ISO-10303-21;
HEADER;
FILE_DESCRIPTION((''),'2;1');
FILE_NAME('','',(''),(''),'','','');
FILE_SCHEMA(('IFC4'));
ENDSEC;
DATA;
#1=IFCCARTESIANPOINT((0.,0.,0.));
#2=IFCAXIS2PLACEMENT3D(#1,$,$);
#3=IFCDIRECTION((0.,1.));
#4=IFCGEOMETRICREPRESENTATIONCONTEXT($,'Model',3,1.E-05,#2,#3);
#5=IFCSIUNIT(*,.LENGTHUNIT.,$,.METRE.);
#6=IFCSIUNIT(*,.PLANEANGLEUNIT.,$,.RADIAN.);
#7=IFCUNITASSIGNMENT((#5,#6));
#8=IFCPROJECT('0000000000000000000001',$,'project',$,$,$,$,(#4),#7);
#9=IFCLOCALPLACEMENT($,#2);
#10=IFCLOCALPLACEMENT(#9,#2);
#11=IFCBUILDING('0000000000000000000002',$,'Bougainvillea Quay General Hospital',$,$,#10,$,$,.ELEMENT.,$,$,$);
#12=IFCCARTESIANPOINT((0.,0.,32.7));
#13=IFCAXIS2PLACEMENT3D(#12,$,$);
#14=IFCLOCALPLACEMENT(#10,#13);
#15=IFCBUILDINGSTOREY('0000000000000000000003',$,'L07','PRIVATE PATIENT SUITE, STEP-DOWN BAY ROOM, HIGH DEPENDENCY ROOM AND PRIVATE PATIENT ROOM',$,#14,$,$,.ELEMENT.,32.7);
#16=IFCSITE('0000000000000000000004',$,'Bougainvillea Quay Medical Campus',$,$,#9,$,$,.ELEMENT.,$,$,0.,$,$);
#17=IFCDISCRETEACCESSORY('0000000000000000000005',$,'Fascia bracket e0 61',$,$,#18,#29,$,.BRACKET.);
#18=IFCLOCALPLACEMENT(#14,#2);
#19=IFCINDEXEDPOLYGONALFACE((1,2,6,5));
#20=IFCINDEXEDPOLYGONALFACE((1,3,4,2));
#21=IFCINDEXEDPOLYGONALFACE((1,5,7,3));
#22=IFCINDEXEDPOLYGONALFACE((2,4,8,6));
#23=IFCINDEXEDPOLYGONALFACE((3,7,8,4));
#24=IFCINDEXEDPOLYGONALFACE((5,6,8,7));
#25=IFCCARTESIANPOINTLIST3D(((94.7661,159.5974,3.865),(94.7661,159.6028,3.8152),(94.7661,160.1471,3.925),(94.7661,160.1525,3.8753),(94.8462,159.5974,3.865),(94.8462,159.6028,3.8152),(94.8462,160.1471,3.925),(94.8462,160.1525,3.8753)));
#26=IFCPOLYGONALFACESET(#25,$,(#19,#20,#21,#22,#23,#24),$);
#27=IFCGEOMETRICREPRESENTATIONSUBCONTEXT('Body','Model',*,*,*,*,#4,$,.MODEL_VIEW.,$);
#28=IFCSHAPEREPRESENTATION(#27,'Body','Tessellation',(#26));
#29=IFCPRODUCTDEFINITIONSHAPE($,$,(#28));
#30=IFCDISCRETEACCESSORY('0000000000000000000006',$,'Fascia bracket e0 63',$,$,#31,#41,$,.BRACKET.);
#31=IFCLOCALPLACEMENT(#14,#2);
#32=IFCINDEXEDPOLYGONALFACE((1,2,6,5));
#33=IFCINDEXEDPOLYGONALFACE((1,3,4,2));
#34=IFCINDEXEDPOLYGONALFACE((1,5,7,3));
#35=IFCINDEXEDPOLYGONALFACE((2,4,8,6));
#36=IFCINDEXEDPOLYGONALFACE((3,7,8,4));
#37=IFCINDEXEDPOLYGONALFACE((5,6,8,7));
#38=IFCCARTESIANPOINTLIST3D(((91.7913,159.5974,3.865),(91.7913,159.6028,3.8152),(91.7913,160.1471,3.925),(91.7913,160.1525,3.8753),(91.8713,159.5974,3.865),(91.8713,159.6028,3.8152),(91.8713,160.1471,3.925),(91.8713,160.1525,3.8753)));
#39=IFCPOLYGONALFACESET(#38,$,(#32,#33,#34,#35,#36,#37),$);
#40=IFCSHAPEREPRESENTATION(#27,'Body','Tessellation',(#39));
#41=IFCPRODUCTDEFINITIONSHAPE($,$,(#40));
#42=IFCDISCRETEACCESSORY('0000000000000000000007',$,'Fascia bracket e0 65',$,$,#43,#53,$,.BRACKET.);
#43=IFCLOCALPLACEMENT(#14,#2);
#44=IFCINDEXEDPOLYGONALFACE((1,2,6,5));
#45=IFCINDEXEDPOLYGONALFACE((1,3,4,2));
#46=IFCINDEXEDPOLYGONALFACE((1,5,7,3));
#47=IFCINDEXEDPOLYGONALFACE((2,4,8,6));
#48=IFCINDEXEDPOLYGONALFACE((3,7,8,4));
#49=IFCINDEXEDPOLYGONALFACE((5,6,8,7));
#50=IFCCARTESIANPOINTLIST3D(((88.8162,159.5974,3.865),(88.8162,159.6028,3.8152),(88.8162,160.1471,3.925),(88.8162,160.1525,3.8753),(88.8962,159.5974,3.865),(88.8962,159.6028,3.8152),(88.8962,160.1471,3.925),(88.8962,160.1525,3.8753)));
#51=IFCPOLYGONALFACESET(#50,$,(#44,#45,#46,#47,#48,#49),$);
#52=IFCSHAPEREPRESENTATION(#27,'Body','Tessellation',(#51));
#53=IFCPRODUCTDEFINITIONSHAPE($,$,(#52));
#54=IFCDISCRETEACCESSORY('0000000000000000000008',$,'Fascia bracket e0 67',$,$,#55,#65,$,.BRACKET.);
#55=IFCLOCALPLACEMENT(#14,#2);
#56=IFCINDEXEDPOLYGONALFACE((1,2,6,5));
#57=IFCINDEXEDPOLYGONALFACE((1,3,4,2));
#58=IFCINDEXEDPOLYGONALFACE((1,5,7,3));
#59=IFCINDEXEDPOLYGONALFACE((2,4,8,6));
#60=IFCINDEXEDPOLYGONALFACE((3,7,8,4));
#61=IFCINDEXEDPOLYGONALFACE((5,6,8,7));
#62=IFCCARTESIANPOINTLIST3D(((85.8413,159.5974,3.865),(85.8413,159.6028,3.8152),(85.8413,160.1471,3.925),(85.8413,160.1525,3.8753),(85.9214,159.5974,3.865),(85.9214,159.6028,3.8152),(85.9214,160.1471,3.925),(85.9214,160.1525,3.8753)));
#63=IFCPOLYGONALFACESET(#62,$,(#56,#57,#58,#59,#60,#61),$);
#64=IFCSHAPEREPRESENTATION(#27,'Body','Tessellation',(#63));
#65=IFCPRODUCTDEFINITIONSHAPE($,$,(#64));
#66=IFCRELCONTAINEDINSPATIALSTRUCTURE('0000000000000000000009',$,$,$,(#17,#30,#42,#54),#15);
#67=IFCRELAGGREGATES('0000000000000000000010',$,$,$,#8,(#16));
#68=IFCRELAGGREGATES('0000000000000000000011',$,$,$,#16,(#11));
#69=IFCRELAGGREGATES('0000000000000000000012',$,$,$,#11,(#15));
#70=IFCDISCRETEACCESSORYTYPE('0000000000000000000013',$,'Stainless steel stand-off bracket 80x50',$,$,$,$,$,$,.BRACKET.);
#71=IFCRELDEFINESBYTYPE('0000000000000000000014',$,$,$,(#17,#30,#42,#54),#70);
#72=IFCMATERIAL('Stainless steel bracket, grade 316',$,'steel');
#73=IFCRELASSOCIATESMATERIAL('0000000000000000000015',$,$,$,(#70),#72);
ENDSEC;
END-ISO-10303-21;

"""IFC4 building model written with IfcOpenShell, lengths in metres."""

from ifc_helpers import new_model, si_unit, direction, frame, origin, origin_2d, place, context, subcontext, project, spatial, rectangle, extrude, material, material_profile, profile_set, type_object, element, save


model = new_model("IFC4")

# Units and contexts
model_context = context("Model", 3, precision=1e-05, world=origin(), true_north=direction((0.0, 1.0)))
body_context = subcontext(model_context, "Body", "Model", "MODEL_VIEW")
ifc_project = project(units=[si_unit("LENGTHUNIT", "METRE"), si_unit("PLANEANGLEUNIT", "RADIAN")], contexts=[model_context])

# Site, building, storey
site_placement = place(None, origin())
site = spatial("IfcSite", under=ifc_project, at=site_placement, Name="Bougainvillea Quay Medical Campus", CompositionType="ELEMENT", RefElevation=0.0)
building_placement = place(site_placement, origin())
building = spatial("IfcBuilding", under=site, at=building_placement, Name="Bougainvillea Quay General Hospital", CompositionType="ELEMENT")
storey_placement = place(building_placement, frame((0.0, 0.0, 32.7)))
storey = spatial("IfcBuildingStorey", under=building, at=storey_placement, Name="L07", Description="PRIVATE PATIENT SUITE, STEP-DOWN BAY ROOM, HIGH DEPENDENCY ROOM AND PRIVATE PATIENT ROOM", CompositionType="ELEMENT", Elevation=32.7)

# Discrete accessories
ifc_material_1 = material(Name="Stainless steel bracket, grade 316", Category="steel")
ifc_material_profile_1 = material_profile(ifc_material_1, rectangle(XDim=0.0801, YDim=0.05, at=origin_2d()))
ifc_profile_set_1 = profile_set([ifc_material_profile_1], Name="Stainless steel bracket, grade 316")
discrete_accessory_type_1 = type_object("IfcDiscreteAccessoryType", Name="Stainless steel stand-off bracket 80x50", PredefinedType="BRACKET", material=ifc_profile_set_1)
for number, where, z_axis, x_axis, name in (
    (1, (94.8062, 159.6001, 3.8401), (0.0, 0.994087, 0.10859), (-1.0, 0.0, 0.0), "Fascia bracket e0 61"),
    (2, (91.8313, 159.6001, 3.8401), (0.0, 0.994087, 0.10859), (-1.0, 0.0, 0.0), "Fascia bracket e0 63"),
    (3, (88.8562, 159.6001, 3.8401), (0.0, 0.994087, 0.10859), (-1.0, 0.0, 0.0), "Fascia bracket e0 65"),
    (4, (85.8813, 159.6001, 3.8401), (0.0, 0.994087, 0.10859), (-1.0, 0.0, 0.0), "Fascia bracket e0 67"),
):
    element("IfcDiscreteAccessory", number, at=place(storey_placement, frame(where, z_axis=z_axis, x_axis=x_axis)), inside=storey, type_object=discrete_accessory_type_1, Name=name, PredefinedType="BRACKET", context=body_context, shape_type="SweptSolid", body=[
        extrude(rectangle(XDim=0.0801, YDim=0.05, at=origin_2d()), origin(), (0.0, 0.0, 1.0), 0.553),
    ])

save(model, "model.ifc")
